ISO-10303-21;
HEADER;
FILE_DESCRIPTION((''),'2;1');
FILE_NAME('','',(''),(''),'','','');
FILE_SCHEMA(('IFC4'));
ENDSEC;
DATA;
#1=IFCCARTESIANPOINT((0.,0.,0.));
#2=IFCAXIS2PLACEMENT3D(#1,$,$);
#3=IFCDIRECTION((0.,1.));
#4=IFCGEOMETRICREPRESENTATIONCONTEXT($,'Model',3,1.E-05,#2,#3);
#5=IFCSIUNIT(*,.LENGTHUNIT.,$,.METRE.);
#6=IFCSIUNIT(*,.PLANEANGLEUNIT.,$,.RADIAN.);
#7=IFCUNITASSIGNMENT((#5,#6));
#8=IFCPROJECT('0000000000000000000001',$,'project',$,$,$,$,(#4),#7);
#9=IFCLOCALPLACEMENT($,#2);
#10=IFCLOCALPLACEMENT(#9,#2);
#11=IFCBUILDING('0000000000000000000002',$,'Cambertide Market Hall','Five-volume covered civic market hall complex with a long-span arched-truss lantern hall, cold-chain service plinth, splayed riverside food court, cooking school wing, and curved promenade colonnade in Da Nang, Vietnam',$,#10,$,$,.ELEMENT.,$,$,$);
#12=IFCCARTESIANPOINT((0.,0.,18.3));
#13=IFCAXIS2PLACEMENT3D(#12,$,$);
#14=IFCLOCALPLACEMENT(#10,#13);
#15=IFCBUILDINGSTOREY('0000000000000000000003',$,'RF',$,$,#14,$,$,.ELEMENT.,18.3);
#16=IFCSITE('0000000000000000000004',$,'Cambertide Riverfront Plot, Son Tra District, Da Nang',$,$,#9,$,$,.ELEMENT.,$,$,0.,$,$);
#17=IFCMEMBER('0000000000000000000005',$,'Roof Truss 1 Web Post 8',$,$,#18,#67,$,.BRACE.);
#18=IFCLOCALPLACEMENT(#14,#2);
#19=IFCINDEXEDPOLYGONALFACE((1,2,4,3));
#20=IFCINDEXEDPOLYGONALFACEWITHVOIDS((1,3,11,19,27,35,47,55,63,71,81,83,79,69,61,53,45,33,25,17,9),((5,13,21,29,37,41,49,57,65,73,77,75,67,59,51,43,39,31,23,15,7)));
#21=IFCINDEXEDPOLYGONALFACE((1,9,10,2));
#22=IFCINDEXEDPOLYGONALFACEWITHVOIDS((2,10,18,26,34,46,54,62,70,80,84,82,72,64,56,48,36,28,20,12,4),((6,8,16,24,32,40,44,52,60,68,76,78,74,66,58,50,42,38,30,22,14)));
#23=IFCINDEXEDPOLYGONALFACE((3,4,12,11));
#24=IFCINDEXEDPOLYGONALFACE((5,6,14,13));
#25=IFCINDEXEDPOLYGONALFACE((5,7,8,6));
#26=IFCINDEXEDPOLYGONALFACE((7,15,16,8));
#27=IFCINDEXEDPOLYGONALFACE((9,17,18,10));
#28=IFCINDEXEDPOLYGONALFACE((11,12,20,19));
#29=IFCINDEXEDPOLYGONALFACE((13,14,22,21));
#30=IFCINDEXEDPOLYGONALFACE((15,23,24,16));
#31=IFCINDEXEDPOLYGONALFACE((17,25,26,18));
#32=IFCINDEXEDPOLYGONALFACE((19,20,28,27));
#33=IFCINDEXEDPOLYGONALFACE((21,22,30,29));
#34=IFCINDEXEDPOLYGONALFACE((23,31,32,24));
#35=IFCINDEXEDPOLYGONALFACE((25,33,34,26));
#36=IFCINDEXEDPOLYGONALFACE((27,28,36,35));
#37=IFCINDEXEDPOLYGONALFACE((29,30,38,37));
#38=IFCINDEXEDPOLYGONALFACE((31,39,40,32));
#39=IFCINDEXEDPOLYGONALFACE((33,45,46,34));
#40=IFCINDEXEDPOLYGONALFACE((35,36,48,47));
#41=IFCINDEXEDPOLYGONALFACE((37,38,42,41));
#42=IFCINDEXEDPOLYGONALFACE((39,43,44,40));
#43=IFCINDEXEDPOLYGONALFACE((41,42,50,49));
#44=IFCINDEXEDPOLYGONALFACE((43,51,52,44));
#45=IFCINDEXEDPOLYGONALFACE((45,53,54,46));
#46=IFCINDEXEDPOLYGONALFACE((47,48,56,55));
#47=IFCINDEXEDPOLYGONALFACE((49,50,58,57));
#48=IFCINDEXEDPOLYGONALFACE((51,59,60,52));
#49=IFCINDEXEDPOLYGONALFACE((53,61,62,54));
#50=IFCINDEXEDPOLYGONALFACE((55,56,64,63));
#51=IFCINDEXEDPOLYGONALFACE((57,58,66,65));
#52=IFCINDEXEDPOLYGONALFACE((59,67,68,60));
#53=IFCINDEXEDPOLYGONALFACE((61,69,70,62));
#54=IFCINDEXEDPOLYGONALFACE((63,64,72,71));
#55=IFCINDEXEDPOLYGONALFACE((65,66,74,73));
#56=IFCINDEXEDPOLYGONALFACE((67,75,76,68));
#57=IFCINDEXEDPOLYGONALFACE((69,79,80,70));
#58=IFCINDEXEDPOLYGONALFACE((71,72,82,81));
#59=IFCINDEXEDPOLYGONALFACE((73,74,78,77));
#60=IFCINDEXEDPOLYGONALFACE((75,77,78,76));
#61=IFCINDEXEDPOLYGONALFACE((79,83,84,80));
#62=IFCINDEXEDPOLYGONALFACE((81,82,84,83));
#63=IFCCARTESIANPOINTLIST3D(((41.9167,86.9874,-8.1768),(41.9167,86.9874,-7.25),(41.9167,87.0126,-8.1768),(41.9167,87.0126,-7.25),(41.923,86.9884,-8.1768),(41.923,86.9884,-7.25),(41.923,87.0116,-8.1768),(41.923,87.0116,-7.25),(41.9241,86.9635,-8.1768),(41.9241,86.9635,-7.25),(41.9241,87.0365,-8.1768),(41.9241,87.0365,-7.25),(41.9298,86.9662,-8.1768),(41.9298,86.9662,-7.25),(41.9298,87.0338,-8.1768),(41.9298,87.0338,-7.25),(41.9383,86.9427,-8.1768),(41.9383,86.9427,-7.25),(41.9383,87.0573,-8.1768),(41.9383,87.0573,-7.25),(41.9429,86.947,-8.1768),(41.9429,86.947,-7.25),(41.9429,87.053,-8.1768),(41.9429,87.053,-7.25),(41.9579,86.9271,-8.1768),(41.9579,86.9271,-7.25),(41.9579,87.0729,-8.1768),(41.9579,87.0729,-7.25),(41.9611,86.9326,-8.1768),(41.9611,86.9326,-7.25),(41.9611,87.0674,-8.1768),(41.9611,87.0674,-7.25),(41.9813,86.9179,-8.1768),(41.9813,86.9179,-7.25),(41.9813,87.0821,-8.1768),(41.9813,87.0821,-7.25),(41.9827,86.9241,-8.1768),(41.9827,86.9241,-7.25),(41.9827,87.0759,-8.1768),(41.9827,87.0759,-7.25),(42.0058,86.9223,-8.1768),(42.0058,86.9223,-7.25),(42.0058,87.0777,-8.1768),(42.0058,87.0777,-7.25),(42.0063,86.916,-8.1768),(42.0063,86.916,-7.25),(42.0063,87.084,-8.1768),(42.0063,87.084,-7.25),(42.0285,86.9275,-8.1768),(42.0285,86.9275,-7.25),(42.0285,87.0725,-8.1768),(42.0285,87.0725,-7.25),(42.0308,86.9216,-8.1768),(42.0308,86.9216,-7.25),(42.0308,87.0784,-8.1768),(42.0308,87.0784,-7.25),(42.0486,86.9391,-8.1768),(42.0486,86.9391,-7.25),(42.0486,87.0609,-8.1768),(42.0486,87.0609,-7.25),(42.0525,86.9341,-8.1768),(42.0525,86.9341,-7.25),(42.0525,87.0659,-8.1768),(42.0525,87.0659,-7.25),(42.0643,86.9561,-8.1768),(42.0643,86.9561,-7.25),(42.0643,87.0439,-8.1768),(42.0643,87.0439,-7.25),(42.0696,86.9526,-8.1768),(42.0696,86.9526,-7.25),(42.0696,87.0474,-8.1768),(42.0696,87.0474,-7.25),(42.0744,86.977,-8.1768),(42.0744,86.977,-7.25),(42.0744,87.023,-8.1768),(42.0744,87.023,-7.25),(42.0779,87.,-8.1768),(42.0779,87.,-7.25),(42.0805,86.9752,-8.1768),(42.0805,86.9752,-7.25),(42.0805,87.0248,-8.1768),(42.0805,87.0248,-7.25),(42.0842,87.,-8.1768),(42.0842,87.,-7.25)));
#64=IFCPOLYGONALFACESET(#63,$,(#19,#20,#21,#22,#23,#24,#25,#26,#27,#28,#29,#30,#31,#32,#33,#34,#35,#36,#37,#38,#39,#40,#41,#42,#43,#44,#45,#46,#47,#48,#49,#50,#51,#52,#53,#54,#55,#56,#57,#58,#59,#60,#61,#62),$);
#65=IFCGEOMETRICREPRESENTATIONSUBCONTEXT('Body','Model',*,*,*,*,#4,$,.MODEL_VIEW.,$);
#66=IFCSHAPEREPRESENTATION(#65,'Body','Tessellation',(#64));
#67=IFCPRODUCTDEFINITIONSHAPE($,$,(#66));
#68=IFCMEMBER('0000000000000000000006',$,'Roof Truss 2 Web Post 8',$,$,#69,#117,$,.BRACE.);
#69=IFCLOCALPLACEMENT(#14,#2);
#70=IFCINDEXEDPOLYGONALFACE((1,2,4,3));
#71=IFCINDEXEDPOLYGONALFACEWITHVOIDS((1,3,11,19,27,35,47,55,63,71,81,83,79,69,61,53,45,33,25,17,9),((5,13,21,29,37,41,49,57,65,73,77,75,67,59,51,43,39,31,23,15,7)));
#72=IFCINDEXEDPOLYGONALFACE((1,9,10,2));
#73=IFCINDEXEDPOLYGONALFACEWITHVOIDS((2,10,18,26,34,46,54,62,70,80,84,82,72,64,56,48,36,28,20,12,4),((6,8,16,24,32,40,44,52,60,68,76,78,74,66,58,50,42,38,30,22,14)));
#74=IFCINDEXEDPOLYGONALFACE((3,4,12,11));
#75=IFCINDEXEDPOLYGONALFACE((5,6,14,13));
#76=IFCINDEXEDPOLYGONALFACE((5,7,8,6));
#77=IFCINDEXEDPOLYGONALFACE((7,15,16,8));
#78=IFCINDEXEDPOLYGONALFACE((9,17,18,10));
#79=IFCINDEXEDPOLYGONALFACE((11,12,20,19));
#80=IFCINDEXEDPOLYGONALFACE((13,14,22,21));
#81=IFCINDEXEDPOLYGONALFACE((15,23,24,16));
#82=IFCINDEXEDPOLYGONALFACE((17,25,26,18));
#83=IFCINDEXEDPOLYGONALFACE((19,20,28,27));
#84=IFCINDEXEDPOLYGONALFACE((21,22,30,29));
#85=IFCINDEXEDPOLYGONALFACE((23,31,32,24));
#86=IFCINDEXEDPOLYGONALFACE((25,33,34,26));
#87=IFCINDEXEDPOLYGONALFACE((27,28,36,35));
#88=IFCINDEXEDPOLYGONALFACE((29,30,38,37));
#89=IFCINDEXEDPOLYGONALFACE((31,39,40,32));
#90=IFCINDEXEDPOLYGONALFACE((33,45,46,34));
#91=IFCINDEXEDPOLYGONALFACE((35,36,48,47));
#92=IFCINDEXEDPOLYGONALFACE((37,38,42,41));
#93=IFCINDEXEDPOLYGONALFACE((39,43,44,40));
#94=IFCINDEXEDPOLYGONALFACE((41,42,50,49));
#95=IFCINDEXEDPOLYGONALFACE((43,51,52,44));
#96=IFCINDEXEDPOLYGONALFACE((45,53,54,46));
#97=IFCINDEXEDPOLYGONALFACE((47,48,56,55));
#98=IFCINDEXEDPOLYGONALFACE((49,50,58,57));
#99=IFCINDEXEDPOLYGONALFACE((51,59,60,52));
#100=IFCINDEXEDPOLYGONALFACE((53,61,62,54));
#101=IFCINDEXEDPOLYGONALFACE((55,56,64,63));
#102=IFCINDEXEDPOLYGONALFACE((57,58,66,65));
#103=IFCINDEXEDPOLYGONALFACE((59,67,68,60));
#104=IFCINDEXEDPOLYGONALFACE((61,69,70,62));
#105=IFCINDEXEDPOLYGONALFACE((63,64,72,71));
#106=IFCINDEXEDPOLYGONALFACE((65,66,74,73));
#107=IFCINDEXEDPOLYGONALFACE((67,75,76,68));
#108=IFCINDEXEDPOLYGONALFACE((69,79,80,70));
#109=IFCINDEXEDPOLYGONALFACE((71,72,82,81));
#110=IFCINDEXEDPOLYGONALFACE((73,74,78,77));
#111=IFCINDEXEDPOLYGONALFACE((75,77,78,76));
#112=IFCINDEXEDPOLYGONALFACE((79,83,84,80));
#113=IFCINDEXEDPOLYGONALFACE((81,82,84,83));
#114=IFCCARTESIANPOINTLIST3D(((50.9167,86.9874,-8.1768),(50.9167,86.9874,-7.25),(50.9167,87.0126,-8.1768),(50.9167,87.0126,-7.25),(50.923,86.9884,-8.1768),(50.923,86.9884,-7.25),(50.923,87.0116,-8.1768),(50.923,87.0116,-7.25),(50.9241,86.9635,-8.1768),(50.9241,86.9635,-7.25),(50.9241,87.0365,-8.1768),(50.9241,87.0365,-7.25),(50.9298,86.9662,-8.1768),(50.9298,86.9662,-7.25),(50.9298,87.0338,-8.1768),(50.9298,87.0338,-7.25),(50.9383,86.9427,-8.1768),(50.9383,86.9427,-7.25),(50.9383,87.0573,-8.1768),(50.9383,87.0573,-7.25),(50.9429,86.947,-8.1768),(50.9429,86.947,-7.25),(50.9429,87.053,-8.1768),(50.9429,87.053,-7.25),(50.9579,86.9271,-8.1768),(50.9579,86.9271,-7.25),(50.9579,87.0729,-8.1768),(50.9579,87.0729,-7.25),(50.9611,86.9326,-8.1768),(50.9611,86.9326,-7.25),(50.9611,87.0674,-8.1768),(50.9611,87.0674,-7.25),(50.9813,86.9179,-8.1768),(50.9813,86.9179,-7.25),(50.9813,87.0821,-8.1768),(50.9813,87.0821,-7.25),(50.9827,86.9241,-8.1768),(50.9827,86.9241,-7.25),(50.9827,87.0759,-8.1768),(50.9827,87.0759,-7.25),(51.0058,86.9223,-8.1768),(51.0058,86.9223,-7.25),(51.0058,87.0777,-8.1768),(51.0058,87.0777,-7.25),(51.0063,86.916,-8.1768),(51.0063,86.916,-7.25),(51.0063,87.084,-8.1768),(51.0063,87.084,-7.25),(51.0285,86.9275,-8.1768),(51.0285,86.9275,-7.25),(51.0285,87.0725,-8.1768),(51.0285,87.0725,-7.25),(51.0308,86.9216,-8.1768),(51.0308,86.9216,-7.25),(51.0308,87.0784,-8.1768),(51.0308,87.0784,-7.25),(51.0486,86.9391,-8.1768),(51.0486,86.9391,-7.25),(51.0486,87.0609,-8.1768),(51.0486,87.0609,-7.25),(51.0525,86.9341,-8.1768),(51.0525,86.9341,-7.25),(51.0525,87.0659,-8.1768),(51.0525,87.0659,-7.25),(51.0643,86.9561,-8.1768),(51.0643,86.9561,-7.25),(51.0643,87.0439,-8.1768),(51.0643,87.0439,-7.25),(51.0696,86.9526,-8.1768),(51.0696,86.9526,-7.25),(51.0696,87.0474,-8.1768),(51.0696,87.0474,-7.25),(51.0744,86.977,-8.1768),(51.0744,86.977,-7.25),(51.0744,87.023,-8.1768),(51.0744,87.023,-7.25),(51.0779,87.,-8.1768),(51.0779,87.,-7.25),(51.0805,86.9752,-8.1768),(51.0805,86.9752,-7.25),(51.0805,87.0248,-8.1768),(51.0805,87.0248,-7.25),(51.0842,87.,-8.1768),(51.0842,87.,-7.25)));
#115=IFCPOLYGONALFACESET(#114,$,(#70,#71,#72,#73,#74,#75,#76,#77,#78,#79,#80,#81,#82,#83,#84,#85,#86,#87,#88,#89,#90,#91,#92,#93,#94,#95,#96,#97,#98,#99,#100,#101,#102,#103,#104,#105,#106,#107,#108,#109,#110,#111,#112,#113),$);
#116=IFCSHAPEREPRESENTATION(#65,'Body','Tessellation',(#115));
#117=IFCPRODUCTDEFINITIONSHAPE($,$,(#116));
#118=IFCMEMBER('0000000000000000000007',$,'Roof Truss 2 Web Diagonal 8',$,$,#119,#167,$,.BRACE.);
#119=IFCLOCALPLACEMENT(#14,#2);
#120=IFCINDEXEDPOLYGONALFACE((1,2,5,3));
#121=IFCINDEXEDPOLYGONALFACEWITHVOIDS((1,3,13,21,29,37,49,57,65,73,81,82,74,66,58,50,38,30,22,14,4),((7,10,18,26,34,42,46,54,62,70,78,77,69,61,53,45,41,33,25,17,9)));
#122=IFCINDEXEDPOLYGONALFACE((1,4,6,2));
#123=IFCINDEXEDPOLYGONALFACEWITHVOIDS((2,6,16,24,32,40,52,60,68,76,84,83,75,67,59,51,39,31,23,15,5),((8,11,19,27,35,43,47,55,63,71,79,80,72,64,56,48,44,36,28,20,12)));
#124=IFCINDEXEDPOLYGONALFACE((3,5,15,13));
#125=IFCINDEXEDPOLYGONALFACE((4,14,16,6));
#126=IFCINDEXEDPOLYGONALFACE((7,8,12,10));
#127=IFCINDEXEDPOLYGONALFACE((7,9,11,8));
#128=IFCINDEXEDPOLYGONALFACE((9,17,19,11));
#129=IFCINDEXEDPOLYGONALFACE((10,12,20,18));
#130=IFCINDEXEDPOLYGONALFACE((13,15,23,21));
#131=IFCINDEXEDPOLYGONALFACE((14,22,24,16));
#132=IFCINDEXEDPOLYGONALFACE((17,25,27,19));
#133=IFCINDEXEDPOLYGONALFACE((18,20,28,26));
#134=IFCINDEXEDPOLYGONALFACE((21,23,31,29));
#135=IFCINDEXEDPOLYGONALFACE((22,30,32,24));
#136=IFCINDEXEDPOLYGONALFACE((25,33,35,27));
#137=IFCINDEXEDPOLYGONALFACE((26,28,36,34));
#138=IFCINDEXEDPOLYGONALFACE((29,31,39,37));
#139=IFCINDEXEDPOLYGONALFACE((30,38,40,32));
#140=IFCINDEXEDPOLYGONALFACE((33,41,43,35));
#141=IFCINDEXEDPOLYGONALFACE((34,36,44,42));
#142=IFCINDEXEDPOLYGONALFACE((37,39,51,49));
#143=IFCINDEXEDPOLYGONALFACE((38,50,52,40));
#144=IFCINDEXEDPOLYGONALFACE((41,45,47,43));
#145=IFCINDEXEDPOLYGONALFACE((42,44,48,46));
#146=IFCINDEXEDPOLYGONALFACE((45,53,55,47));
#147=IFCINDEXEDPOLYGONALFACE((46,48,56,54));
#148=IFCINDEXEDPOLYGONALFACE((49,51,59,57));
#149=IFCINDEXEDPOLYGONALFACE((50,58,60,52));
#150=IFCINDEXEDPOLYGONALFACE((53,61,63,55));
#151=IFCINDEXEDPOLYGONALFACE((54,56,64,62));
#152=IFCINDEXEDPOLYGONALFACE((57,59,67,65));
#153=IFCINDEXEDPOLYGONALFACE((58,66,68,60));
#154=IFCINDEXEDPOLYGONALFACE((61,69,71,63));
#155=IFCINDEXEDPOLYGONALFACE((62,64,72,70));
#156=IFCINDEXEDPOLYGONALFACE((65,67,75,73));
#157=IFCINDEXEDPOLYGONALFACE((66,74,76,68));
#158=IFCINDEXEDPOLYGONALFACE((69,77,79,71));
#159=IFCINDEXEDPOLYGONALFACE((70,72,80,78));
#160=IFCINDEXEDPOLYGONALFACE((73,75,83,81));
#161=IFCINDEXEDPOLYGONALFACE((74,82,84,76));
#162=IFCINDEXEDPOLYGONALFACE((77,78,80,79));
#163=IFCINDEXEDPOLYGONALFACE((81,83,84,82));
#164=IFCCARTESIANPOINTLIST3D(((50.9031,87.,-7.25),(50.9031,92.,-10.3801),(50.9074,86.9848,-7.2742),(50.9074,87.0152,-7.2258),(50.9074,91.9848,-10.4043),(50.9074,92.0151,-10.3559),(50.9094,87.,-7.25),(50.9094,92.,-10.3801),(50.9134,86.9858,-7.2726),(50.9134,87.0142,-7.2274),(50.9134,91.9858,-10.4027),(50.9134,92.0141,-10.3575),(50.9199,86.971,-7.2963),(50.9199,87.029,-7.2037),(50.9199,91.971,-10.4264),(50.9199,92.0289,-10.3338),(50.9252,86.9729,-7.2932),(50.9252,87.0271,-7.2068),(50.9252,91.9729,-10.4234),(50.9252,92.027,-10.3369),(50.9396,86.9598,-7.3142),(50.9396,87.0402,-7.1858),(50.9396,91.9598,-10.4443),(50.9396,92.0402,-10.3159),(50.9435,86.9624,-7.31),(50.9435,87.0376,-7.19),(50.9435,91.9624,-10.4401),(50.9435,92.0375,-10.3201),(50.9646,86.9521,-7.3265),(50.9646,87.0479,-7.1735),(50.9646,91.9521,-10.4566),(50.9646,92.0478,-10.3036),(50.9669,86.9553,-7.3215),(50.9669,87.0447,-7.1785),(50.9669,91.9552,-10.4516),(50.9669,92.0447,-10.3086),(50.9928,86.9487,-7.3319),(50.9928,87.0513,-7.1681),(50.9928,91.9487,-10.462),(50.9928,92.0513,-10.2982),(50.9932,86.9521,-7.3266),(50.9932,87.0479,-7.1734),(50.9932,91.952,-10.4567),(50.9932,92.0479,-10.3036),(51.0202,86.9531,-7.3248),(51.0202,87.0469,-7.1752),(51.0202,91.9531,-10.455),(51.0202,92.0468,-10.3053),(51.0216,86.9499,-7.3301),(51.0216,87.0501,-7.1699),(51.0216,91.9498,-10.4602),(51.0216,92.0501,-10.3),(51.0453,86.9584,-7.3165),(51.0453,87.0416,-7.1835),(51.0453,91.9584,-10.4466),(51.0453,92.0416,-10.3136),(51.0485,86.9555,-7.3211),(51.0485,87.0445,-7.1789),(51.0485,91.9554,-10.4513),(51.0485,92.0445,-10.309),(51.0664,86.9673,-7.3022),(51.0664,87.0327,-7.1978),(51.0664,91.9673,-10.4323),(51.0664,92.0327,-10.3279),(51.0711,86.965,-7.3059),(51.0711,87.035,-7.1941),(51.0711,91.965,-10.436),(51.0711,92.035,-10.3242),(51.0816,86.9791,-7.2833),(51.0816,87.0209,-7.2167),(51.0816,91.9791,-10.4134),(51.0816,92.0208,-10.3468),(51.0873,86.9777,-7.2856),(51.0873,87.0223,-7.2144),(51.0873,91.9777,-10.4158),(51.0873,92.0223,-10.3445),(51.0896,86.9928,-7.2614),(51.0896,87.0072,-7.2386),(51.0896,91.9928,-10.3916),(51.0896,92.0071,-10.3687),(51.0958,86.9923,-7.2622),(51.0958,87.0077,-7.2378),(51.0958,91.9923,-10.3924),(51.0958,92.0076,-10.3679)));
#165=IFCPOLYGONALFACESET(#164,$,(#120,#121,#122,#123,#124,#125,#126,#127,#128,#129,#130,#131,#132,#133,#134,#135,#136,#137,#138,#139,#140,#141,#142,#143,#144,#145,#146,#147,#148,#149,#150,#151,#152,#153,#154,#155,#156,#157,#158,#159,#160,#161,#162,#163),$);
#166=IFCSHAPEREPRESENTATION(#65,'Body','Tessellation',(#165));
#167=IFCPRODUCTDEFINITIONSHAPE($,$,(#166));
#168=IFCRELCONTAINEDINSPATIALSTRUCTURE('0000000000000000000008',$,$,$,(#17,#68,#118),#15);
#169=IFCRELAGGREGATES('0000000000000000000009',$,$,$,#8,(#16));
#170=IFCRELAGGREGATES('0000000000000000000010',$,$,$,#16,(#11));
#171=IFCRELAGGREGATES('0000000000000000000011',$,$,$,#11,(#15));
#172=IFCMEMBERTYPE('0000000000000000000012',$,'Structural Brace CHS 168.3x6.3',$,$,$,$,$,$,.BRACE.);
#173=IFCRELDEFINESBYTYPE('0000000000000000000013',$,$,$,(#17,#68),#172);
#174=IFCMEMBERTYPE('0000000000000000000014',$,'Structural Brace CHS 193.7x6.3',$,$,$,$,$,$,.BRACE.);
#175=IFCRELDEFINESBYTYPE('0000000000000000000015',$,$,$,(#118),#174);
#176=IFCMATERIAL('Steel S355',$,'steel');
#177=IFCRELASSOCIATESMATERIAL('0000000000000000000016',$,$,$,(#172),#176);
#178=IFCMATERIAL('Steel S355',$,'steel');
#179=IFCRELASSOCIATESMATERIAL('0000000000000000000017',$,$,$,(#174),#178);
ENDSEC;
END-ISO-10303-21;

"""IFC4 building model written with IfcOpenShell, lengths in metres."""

from ifc_helpers import new_model, si_unit, direction, frame, origin, origin_2d, place, context, subcontext, project, spatial, hollow_circle, extrude, material, material_profile, profile_set, type_object, element, save


model = new_model("IFC4")

# Units and contexts
model_context = context("Model", 3, precision=1e-05, world=origin(), true_north=direction((0.0, 1.0)))
body_context = subcontext(model_context, "Body", "Model", "MODEL_VIEW")
ifc_project = project(units=[si_unit("LENGTHUNIT", "METRE"), si_unit("PLANEANGLEUNIT", "RADIAN")], contexts=[model_context])

# Site, building, storey
site_placement = place(None, origin())
site = spatial("IfcSite", under=ifc_project, at=site_placement, Name="Cambertide Riverfront Plot, Son Tra District, Da Nang", CompositionType="ELEMENT", RefElevation=0.0)
building_placement = place(site_placement, origin())
building = spatial("IfcBuilding", under=site, at=building_placement, Name="Cambertide Market Hall", Description="Five-volume covered civic market hall complex with a long-span arched-truss lantern hall, cold-chain service plinth, splayed riverside food court, cooking school wing, and curved promenade colonnade in Da Nang, Vietnam", CompositionType="ELEMENT")
storey_placement = place(building_placement, frame((0.0, 0.0, 18.3)))
storey = spatial("IfcBuildingStorey", under=building, at=storey_placement, Name="RF", CompositionType="ELEMENT", Elevation=18.3)

# Members
ifc_material_1 = material(Name="Steel S355", Category="steel")
ifc_material_profile_1 = material_profile(ifc_material_1, hollow_circle(Radius=0.0842, WallThickness=0.0063, at=origin_2d()), Name="CHS 168.3x6.3")
ifc_profile_set_1 = profile_set([ifc_material_profile_1], Name="Steel S355")
member_type_1 = type_object("IfcMemberType", Name="Structural Brace CHS 168.3x6.3", PredefinedType="BRACE", material=ifc_profile_set_1)
for number, where, z_axis, x_axis, name in (
    (1, (42.0, 87.0, -8.1768), (0.0, 0.0, 1.0), (1.0, 0.0, 0.0), "Roof Truss 1 Web Post 8"),
    (2, (51.0, 87.0, -8.1768), (0.0, 0.0, 1.0), (1.0, 0.0, 0.0), "Roof Truss 2 Web Post 8"),
):
    element("IfcMember", number, at=place(storey_placement, frame(where, z_axis=z_axis, x_axis=x_axis)), inside=storey, type_object=member_type_1, Name=name, PredefinedType="BRACE", context=body_context, shape_type="SweptSolid", body=[
        extrude(hollow_circle(Radius=0.0842, WallThickness=0.0063, at=origin_2d()), origin(), (0.0, 0.0, 1.0), 0.9268),
    ])
ifc_material_2 = material(Name="Steel S355", Category="steel")
ifc_material_profile_2 = material_profile(ifc_material_2, hollow_circle(Radius=0.0969, WallThickness=0.0063, at=origin_2d()), Name="CHS 193.7x6.3")
ifc_profile_set_2 = profile_set([ifc_material_profile_2], Name="Steel S355")
member_type_2 = type_object("IfcMemberType", Name="Structural Brace CHS 193.7x6.3", PredefinedType="BRACE", material=ifc_profile_set_2)
member_1_placement = place(storey_placement, frame((51.0, 87.0, -7.25), z_axis=(0.0, 0.847607, -0.530624), x_axis=(-1.0, 0.0, 0.0)))
element("IfcMember", 3, at=member_1_placement, inside=storey, type_object=member_type_2, Name="Roof Truss 2 Web Diagonal 8", PredefinedType="BRACE", context=body_context, shape_type="SweptSolid", body=[
    extrude(hollow_circle(Radius=0.0969, WallThickness=0.0063, at=origin_2d()), origin(), (0.0, 0.0, 1.0), 5.8989),
])

save(model, "model.ifc")
